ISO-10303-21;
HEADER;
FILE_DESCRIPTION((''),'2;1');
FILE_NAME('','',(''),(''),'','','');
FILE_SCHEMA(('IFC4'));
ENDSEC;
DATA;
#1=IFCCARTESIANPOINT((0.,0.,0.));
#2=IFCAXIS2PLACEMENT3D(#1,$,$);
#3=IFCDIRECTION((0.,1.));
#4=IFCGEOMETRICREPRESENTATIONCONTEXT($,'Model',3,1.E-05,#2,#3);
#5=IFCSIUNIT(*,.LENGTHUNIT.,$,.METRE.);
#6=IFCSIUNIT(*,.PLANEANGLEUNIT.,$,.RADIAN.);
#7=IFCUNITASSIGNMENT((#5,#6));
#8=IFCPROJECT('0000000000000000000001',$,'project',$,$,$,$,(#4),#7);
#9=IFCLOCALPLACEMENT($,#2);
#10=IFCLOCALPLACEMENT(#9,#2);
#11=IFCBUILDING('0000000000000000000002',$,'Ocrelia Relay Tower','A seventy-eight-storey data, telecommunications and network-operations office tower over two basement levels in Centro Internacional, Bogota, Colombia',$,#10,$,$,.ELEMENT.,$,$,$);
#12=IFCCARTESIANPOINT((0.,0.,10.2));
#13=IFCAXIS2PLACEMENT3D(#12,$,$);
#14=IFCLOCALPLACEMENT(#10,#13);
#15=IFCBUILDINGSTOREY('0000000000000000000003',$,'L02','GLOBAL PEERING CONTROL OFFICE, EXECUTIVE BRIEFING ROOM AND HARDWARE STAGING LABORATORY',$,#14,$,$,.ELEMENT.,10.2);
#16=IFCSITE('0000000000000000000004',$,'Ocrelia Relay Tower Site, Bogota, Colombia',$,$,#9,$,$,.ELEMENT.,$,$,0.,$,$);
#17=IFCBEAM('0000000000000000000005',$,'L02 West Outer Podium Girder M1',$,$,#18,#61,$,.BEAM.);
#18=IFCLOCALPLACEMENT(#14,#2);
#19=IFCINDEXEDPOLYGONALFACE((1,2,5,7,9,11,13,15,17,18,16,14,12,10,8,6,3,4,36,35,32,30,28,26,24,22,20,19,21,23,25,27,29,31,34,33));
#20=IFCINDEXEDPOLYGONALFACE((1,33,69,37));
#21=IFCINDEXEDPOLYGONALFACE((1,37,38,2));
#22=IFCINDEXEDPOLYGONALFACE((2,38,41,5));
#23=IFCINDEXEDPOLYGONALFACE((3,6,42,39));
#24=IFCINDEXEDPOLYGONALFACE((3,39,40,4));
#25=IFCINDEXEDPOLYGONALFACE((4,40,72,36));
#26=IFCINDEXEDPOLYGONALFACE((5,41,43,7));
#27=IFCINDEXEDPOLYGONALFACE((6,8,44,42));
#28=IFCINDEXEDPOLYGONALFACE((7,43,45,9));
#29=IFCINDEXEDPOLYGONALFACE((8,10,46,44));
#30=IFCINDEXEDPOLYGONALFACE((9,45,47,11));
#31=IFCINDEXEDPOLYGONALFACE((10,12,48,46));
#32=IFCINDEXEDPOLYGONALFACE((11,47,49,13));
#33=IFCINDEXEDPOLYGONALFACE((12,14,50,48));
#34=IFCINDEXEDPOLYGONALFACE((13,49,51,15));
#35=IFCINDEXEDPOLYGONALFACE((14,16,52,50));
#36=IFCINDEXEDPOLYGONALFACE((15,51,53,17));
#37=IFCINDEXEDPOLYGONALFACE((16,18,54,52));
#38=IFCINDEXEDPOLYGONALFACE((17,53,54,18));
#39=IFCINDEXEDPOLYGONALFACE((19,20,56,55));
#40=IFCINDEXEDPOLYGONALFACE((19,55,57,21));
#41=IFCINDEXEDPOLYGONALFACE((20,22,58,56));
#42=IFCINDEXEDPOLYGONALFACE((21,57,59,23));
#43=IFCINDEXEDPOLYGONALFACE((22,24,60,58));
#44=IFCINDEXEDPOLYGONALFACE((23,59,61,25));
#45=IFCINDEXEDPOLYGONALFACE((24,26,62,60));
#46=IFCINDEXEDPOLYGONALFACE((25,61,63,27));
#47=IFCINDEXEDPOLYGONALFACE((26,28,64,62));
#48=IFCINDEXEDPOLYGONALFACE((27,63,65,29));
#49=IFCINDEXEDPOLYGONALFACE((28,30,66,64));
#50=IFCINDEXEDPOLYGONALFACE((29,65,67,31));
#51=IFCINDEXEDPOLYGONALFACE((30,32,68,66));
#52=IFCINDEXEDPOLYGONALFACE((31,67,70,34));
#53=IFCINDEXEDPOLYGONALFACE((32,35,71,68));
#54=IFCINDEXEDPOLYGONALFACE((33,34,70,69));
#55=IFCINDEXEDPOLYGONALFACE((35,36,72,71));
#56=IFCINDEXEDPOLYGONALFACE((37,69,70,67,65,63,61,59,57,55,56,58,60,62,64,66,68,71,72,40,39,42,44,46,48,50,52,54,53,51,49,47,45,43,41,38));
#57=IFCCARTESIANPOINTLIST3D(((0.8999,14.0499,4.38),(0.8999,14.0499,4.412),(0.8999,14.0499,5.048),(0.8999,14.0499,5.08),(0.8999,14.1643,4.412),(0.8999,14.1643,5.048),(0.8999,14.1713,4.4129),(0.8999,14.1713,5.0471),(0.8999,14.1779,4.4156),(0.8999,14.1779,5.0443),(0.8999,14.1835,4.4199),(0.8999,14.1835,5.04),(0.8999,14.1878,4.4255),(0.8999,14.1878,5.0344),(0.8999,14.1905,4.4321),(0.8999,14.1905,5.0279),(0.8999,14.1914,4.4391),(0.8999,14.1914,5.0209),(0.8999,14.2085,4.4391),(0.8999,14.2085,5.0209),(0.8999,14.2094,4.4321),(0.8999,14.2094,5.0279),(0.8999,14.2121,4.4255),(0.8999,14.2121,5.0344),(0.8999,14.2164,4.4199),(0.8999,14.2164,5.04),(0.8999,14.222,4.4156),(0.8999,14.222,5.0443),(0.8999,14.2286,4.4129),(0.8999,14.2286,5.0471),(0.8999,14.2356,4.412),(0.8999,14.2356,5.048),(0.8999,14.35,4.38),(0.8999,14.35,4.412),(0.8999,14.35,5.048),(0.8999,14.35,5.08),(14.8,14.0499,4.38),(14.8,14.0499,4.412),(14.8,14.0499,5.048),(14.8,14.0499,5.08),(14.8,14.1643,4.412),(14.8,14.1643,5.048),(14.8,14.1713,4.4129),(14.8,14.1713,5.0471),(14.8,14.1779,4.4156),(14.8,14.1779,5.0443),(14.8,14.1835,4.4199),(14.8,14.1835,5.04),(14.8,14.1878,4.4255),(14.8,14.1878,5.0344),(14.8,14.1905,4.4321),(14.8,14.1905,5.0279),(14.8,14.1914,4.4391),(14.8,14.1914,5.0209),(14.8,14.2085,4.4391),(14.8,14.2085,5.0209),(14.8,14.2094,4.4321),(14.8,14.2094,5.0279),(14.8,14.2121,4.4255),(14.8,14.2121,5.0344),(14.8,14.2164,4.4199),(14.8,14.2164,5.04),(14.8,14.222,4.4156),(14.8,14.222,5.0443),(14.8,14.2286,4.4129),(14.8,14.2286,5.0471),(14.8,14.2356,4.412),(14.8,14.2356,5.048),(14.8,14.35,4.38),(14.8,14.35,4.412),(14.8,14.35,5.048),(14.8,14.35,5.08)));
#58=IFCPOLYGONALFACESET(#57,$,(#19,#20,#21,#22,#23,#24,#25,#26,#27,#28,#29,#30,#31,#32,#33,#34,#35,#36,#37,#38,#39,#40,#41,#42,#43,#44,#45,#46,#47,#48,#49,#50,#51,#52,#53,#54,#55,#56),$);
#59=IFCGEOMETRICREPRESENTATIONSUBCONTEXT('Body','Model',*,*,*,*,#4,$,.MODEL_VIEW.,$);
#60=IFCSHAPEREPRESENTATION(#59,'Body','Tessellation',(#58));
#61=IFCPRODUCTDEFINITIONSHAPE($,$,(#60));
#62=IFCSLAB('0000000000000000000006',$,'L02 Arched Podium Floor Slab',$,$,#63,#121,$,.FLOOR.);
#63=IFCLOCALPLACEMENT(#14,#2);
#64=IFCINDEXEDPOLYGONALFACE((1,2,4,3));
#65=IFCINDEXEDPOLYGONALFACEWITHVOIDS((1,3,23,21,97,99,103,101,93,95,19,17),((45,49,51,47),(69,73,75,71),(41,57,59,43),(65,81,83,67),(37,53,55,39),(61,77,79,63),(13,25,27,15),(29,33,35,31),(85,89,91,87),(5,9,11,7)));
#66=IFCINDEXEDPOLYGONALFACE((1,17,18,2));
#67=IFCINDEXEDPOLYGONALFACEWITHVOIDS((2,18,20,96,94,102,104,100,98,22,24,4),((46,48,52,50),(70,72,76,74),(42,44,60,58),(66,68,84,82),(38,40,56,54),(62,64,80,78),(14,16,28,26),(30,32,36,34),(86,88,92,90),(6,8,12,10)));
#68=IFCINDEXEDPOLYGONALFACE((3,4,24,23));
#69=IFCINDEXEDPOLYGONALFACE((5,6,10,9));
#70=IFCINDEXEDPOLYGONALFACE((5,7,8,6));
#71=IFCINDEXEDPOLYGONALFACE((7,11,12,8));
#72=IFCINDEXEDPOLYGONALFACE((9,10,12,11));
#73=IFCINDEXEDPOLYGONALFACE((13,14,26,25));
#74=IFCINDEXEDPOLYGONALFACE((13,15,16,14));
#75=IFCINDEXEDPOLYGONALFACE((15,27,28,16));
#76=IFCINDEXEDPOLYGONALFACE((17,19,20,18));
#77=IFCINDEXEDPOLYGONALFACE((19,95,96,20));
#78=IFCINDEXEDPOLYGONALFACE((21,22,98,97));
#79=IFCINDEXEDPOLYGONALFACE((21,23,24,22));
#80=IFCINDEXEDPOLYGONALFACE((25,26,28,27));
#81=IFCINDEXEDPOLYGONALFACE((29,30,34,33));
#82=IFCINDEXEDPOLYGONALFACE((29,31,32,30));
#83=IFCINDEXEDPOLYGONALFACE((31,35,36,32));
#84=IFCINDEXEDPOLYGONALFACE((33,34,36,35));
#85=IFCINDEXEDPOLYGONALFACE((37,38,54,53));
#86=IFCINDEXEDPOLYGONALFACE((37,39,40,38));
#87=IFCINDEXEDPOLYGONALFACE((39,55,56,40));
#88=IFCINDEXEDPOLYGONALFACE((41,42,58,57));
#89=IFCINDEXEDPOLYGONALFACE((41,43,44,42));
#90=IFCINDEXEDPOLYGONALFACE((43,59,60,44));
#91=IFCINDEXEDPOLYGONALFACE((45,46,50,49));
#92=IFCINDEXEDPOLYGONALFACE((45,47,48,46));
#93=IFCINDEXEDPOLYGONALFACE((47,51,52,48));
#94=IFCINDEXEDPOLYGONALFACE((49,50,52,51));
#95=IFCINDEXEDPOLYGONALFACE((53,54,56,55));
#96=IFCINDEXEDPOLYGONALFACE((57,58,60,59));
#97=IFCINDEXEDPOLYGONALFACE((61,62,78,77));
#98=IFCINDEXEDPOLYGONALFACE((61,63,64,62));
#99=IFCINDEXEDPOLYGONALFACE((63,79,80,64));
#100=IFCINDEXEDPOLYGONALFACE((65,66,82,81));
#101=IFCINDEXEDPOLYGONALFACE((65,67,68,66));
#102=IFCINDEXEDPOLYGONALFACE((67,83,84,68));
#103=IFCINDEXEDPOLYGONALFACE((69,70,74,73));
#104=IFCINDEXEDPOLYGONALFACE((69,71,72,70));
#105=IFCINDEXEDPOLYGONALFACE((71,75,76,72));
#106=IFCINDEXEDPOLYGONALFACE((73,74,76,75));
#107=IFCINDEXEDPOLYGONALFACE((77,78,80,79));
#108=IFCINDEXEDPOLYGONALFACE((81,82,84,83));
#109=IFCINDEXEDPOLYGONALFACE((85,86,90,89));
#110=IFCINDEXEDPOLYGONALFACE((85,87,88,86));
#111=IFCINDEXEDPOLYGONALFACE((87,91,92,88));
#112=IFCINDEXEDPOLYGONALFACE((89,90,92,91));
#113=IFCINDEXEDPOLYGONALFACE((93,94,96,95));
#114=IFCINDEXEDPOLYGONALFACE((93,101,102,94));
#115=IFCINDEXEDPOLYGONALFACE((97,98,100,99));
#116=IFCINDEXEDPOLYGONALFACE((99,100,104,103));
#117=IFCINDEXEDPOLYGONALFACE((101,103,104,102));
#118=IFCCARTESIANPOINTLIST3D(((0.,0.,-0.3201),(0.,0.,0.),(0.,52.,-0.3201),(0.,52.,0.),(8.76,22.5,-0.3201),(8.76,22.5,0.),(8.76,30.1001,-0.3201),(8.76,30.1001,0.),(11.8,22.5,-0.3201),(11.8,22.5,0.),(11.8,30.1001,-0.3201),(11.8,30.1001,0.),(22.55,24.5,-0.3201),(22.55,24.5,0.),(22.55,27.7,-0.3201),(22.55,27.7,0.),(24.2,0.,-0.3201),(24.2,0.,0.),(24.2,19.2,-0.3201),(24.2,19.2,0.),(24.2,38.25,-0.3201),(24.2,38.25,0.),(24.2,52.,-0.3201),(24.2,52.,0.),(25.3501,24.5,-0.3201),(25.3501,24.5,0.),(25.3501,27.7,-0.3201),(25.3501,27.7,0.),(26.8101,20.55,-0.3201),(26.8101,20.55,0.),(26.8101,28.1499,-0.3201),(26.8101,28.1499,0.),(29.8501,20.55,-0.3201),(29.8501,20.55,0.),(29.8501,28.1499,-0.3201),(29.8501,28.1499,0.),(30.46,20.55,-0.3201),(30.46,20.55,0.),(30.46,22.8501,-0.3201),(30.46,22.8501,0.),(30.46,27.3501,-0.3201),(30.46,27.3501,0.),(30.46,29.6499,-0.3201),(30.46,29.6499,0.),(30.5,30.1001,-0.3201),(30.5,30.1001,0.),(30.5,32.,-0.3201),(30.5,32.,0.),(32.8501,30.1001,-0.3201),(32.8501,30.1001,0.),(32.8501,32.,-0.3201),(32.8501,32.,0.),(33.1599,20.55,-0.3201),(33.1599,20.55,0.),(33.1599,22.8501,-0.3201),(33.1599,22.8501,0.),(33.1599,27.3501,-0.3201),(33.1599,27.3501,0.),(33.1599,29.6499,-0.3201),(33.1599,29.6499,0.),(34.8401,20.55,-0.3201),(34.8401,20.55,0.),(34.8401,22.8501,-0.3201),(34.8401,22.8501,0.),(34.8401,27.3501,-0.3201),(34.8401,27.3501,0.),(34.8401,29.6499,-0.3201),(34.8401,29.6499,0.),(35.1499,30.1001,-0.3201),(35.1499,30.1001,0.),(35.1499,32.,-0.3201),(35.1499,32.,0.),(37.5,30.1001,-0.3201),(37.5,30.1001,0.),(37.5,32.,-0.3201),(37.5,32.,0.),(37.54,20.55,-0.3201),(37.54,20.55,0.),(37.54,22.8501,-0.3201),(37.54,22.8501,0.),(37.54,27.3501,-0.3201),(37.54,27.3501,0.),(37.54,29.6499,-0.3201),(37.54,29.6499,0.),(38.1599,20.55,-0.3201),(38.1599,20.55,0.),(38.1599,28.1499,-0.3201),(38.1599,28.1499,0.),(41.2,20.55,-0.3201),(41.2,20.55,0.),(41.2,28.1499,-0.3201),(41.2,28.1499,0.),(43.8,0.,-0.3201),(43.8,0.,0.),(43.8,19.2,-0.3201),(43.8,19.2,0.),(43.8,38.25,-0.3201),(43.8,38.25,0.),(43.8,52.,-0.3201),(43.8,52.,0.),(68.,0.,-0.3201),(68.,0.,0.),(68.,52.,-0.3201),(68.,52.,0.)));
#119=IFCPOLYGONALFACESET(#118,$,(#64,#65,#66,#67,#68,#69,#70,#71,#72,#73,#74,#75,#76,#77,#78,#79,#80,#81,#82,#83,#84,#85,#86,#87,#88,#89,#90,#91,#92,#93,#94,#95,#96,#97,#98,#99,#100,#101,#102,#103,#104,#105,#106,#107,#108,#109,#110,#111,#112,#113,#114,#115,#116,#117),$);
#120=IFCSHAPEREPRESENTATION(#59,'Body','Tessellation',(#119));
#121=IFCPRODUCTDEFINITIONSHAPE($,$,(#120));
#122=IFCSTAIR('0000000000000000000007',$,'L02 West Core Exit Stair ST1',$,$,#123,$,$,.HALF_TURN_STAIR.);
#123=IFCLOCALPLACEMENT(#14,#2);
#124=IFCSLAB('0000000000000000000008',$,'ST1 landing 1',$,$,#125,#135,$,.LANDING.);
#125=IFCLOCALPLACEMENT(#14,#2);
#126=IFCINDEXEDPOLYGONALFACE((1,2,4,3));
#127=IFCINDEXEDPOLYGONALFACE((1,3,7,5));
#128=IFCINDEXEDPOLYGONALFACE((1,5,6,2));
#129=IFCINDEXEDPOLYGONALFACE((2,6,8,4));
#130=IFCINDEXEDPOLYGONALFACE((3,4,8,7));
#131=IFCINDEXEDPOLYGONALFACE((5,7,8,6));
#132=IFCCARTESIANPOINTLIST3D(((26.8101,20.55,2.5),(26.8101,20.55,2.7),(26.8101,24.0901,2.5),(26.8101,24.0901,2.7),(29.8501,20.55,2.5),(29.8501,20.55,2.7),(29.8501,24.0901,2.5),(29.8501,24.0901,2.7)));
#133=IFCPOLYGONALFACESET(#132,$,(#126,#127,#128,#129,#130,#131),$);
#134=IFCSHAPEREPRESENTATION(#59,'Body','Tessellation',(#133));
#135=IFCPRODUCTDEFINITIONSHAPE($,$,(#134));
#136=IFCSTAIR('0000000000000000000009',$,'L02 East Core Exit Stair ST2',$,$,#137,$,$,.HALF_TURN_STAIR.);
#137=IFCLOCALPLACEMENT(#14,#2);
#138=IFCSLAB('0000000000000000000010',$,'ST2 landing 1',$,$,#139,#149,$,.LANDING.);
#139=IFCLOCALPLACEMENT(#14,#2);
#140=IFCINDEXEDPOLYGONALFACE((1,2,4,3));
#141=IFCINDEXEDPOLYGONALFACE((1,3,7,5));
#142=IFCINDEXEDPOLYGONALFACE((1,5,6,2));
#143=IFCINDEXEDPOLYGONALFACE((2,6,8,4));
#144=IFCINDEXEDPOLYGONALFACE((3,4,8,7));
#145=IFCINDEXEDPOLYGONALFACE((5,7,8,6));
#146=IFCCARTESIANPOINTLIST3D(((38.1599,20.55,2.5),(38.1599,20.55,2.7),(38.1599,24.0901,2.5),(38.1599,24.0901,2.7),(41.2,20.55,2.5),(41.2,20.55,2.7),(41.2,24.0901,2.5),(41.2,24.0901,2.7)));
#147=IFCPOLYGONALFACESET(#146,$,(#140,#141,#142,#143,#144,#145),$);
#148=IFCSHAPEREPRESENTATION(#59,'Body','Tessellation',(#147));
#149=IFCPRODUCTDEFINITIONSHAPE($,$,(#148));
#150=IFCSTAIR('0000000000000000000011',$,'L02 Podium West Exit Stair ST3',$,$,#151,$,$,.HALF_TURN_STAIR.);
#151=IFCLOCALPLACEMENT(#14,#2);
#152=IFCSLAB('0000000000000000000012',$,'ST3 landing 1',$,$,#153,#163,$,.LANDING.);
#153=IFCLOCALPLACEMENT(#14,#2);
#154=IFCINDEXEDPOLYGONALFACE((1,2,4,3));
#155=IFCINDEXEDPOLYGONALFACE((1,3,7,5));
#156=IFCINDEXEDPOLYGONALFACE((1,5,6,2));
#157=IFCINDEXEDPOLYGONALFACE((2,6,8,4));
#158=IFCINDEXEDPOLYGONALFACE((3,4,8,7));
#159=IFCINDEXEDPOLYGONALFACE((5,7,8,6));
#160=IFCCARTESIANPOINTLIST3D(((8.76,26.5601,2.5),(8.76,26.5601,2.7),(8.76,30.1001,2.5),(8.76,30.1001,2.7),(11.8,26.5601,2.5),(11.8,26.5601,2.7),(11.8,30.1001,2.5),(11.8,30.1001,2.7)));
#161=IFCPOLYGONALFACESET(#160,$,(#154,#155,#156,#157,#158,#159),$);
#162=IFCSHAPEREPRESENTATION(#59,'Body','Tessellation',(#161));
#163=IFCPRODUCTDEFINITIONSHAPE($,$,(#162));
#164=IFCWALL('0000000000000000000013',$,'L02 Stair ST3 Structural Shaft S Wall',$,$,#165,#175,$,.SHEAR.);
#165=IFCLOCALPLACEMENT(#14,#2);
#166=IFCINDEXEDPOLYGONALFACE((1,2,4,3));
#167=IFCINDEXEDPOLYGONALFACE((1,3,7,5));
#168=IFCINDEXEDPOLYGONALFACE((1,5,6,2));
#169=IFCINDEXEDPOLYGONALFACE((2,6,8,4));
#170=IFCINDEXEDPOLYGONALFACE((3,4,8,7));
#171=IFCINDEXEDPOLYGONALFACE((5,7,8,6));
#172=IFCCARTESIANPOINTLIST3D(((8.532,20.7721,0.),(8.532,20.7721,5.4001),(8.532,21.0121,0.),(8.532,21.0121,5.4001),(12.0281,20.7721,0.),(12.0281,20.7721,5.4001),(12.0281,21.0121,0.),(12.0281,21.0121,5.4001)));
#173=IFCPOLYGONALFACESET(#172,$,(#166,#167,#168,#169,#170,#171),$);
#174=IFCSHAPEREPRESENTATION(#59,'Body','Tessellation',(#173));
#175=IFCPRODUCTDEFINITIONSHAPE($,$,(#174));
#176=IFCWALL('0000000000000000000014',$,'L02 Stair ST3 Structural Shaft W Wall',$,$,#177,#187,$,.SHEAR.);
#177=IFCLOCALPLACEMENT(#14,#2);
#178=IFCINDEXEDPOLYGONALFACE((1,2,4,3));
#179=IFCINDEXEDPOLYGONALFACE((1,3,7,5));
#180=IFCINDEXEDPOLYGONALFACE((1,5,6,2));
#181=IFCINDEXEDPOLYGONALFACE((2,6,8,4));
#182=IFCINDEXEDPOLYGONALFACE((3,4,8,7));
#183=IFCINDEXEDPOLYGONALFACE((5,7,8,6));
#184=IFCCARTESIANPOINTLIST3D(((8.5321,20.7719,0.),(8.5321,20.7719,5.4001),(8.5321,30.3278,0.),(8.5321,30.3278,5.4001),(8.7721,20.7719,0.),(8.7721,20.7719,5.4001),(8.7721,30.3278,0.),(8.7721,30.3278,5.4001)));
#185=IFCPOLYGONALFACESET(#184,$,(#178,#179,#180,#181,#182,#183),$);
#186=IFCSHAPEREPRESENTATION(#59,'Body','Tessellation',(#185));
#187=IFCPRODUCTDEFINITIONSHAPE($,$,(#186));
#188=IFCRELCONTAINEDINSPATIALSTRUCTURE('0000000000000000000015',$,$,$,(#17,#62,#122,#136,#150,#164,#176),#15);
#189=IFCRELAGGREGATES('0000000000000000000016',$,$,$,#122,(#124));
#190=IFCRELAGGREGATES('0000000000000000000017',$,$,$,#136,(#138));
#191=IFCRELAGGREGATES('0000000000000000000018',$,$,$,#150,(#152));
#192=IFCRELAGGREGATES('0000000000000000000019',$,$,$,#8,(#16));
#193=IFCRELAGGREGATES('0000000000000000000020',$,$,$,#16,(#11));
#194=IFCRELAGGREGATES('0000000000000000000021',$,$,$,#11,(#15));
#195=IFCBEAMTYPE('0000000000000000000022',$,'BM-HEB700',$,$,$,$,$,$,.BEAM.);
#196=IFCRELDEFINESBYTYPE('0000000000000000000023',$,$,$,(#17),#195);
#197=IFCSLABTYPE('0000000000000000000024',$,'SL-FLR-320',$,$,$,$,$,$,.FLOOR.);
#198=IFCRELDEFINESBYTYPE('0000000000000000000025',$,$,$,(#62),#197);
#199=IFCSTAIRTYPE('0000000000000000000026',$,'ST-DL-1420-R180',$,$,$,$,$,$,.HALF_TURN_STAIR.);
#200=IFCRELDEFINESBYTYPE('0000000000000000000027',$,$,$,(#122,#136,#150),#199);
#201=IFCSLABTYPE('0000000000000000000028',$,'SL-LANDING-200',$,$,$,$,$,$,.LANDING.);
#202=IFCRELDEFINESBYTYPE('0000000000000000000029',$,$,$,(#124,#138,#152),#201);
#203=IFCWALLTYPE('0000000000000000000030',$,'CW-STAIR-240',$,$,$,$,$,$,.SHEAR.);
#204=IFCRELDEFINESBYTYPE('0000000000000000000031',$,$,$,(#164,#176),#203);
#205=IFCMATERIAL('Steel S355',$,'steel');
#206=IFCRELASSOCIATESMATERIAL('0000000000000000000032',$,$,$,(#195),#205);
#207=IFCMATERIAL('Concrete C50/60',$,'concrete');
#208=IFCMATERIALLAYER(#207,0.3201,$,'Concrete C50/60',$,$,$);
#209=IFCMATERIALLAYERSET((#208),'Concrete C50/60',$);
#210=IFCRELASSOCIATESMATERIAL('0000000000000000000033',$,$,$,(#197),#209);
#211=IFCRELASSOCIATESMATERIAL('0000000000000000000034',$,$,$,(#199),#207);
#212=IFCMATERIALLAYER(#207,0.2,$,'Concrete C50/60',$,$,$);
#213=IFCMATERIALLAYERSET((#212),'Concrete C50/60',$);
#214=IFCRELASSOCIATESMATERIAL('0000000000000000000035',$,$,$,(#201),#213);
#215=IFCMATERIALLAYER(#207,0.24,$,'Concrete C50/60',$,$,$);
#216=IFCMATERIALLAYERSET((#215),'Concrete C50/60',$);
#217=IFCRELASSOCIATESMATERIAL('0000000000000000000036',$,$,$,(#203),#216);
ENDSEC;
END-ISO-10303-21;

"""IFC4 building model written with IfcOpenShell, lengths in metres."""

from ifc_helpers import new_model, si_unit, direction, frame, frame_2d, origin, origin_2d, place, context, subcontext, project, spatial, polyline, rectangle, i_section, outline, extrude, material, layer, layer_set, material_profile, profile_set, type_object, element, aggregate, save


model = new_model("IFC4")

# Units and contexts
model_context = context("Model", 3, precision=1e-05, world=origin(), true_north=direction((0.0, 1.0)))
body_context = subcontext(model_context, "Body", "Model", "MODEL_VIEW")
ifc_project = project(units=[si_unit("LENGTHUNIT", "METRE"), si_unit("PLANEANGLEUNIT", "RADIAN")], contexts=[model_context])

# Site, building, storey
site_placement = place(None, origin())
site = spatial("IfcSite", under=ifc_project, at=site_placement, Name="Ocrelia Relay Tower Site, Bogota, Colombia", CompositionType="ELEMENT", RefElevation=0.0)
building_placement = place(site_placement, origin())
building = spatial("IfcBuilding", under=site, at=building_placement, Name="Ocrelia Relay Tower", Description="A seventy-eight-storey data, telecommunications and network-operations office tower over two basement levels in Centro Internacional, Bogota, Colombia", CompositionType="ELEMENT")
storey_placement = place(building_placement, frame((0.0, 0.0, 10.2)))
storey = spatial("IfcBuildingStorey", under=building, at=storey_placement, Name="L02", Description="GLOBAL PEERING CONTROL OFFICE, EXECUTIVE BRIEFING ROOM AND HARDWARE STAGING LABORATORY", CompositionType="ELEMENT", Elevation=10.2)

# Beam
ifc_material_1 = material(Name="Steel S355", Category="steel")
ifc_material_profile_1 = material_profile(ifc_material_1, i_section(OverallWidth=0.3, OverallDepth=0.7, WebThickness=0.0171, FlangeThickness=0.032, FilletRadius=0.0271, at=origin_2d()), Name="HEB 700")
ifc_profile_set_1 = profile_set([ifc_material_profile_1], Name="Steel S355")
beam_type_1 = type_object("IfcBeamType", Name="BM-HEB700", PredefinedType="BEAM", material=ifc_profile_set_1)
for number, where, z_axis, x_axis, name in (
    (1, (0.8999, 14.2, 4.73), (1.0, 0.0, 0.0), (0.0, 1.0, 0.0), "L02 West Outer Podium Girder M1"),
):
    element("IfcBeam", number, at=place(storey_placement, frame(where, z_axis=z_axis, x_axis=x_axis)), inside=storey, type_object=beam_type_1, Name=name, PredefinedType="BEAM", context=body_context, shape_type="SweptSolid", body=[
        extrude(i_section(OverallWidth=0.3, OverallDepth=0.7, WebThickness=0.0171, FlangeThickness=0.032, FilletRadius=0.0271, at=origin_2d()), origin(), (0.0, 0.0, 1.0), 13.9001),
    ])

# Slab
ifc_material_2 = material(Name="Concrete C50/60", Category="concrete")
ifc_layer_1 = layer(ifc_material_2, 0.3201, Name="Concrete C50/60")
ifc_layer_set_1 = layer_set([ifc_layer_1], Name="Concrete C50/60")
slab_type_1 = type_object("IfcSlabType", Name="SL-FLR-320", PredefinedType="FLOOR", material=ifc_layer_set_1)
slab_1_placement = place(storey_placement, frame((0.0, 0.0, -0.3201)))
element("IfcSlab", 2, at=slab_1_placement, inside=storey, type_object=slab_type_1, Name="L02 Arched Podium Floor Slab", PredefinedType="FLOOR", context=body_context, shape_type="SweptSolid", body=[
    extrude(outline(polyline([(0.0, 0.0), (24.2, 0.0), (24.2, 19.2), (43.8, 19.2), (43.8, 0.0), (68.0, 0.0), (68.0, 52.0), (43.8, 52.0), (43.8, 38.25), (24.2, 38.25), (24.2, 52.0), (0.0, 52.0), (0.0, 0.0)]), holes=[polyline([(26.8101, 28.1499), (26.8101, 20.55), (29.8501, 20.55), (29.8501, 28.1499), (26.8101, 28.1499)]), polyline([(38.1599, 28.1499), (38.1599, 20.55), (41.2, 20.55), (41.2, 28.1499), (38.1599, 28.1499)]), polyline([(11.8, 22.5), (11.8, 30.1001), (8.76, 30.1001), (8.76, 22.5), (11.8, 22.5)]), polyline([(30.46, 20.55), (33.1599, 20.55), (33.1599, 22.8501), (30.46, 22.8501), (30.46, 20.55)]), polyline([(34.8401, 20.55), (37.54, 20.55), (37.54, 22.8501), (34.8401, 22.8501), (34.8401, 20.55)]), polyline([(30.46, 27.3501), (33.1599, 27.3501), (33.1599, 29.6499), (30.46, 29.6499), (30.46, 27.3501)]), polyline([(34.8401, 27.3501), (37.54, 27.3501), (37.54, 29.6499), (34.8401, 29.6499), (34.8401, 27.3501)]), polyline([(30.5, 30.1001), (32.8501, 30.1001), (32.8501, 32.0), (30.5, 32.0), (30.5, 30.1001)]), polyline([(35.1499, 30.1001), (37.5, 30.1001), (37.5, 32.0), (35.1499, 32.0), (35.1499, 30.1001)]), polyline([(22.55, 24.5), (25.3501, 24.5), (25.3501, 27.7), (22.55, 27.7), (22.55, 24.5)])]), origin(), (0.0, 0.0, 1.0), 0.3201),
])

# Stairs, slabs
stair_type = type_object("IfcStairType", Name="ST-DL-1420-R180", PredefinedType="HALF_TURN_STAIR", material=ifc_material_2)
stair_1_placement = place(storey_placement, origin())
stair_1 = element("IfcStair", 3, at=stair_1_placement, inside=storey, type_object=stair_type, Name="L02 West Core Exit Stair ST1", PredefinedType="HALF_TURN_STAIR")
ifc_layer_2 = layer(ifc_material_2, 0.2, Name="Concrete C50/60")
ifc_layer_set_2 = layer_set([ifc_layer_2], Name="Concrete C50/60")
slab_type_2 = type_object("IfcSlabType", Name="SL-LANDING-200", PredefinedType="LANDING", material=ifc_layer_set_2)
slab_2_placement = place(storey_placement, frame((0.0, 0.0, 2.5)))
slab_2 = element("IfcSlab", 4, at=slab_2_placement, type_object=slab_type_2, Name="ST1 landing 1", PredefinedType="LANDING", context=body_context, shape_type="SweptSolid", body=[
    extrude(outline(polyline([(26.8101, 24.0901), (26.8101, 20.55), (29.8501, 20.55), (29.8501, 24.0901), (26.8101, 24.0901)])), origin(), (0.0, 0.0, 1.0), 0.2),
])
aggregate(stair_1, [slab_2])
stair_2_placement = place(storey_placement, origin())
stair_2 = element("IfcStair", 5, at=stair_2_placement, inside=storey, type_object=stair_type, Name="L02 East Core Exit Stair ST2", PredefinedType="HALF_TURN_STAIR")
slab_3_placement = place(storey_placement, frame((0.0, 0.0, 2.5)))
slab_3 = element("IfcSlab", 6, at=slab_3_placement, type_object=slab_type_2, Name="ST2 landing 1", PredefinedType="LANDING", context=body_context, shape_type="SweptSolid", body=[
    extrude(outline(polyline([(38.1599, 24.0901), (38.1599, 20.55), (41.2, 20.55), (41.2, 24.0901), (38.1599, 24.0901)])), origin(), (0.0, 0.0, 1.0), 0.2),
])
aggregate(stair_2, [slab_3])
stair_3_placement = place(storey_placement, origin())
stair_3 = element("IfcStair", 7, at=stair_3_placement, inside=storey, type_object=stair_type, Name="L02 Podium West Exit Stair ST3", PredefinedType="HALF_TURN_STAIR")
slab_4_placement = place(storey_placement, frame((0.0, 0.0, 2.5)))
slab_4 = element("IfcSlab", 8, at=slab_4_placement, type_object=slab_type_2, Name="ST3 landing 1", PredefinedType="LANDING", context=body_context, shape_type="SweptSolid", body=[
    extrude(outline(polyline([(11.8, 26.5601), (11.8, 30.1001), (8.76, 30.1001), (8.76, 26.5601), (11.8, 26.5601)])), origin(), (0.0, 0.0, 1.0), 0.2),
])

# Walls
ifc_layer_3 = layer(ifc_material_2, 0.24, Name="Concrete C50/60")
ifc_layer_set_3 = layer_set([ifc_layer_3], Name="Concrete C50/60")
wall_type_1 = type_object("IfcWallType", Name="CW-STAIR-240", PredefinedType="SHEAR", material=ifc_layer_set_3)
wall_1_placement = place(storey_placement, frame((8.532, 20.8921, 0.0), z_axis=(0.0, 0.0, 1.0), x_axis=(1.0, 0.0, 0.0)))
element("IfcWall", 9, at=wall_1_placement, inside=storey, type_object=wall_type_1, Name="L02 Stair ST3 Structural Shaft S Wall", PredefinedType="SHEAR", context=body_context, shape_type="SweptSolid", body=[
    extrude(rectangle(XDim=3.4961, YDim=0.24, at=frame_2d((1.748, 0.0))), origin(), (0.0, 0.0, 1.0), 5.4001),
])
wall_2_placement = place(storey_placement, frame((8.6521, 20.772, 0.0), z_axis=(0.0, 0.0, 1.0), x_axis=(0.0, 1.0, 0.0)))
element("IfcWall", 10, at=wall_2_placement, inside=storey, type_object=wall_type_1, Name="L02 Stair ST3 Structural Shaft W Wall", PredefinedType="SHEAR", context=body_context, shape_type="SweptSolid", body=[
    extrude(rectangle(XDim=9.5559, YDim=0.24, at=frame_2d((4.7778, 0.0))), origin(), (0.0, 0.0, 1.0), 5.4001),
])

aggregate(stair_3, [slab_4])

save(model, "model.ifc")
